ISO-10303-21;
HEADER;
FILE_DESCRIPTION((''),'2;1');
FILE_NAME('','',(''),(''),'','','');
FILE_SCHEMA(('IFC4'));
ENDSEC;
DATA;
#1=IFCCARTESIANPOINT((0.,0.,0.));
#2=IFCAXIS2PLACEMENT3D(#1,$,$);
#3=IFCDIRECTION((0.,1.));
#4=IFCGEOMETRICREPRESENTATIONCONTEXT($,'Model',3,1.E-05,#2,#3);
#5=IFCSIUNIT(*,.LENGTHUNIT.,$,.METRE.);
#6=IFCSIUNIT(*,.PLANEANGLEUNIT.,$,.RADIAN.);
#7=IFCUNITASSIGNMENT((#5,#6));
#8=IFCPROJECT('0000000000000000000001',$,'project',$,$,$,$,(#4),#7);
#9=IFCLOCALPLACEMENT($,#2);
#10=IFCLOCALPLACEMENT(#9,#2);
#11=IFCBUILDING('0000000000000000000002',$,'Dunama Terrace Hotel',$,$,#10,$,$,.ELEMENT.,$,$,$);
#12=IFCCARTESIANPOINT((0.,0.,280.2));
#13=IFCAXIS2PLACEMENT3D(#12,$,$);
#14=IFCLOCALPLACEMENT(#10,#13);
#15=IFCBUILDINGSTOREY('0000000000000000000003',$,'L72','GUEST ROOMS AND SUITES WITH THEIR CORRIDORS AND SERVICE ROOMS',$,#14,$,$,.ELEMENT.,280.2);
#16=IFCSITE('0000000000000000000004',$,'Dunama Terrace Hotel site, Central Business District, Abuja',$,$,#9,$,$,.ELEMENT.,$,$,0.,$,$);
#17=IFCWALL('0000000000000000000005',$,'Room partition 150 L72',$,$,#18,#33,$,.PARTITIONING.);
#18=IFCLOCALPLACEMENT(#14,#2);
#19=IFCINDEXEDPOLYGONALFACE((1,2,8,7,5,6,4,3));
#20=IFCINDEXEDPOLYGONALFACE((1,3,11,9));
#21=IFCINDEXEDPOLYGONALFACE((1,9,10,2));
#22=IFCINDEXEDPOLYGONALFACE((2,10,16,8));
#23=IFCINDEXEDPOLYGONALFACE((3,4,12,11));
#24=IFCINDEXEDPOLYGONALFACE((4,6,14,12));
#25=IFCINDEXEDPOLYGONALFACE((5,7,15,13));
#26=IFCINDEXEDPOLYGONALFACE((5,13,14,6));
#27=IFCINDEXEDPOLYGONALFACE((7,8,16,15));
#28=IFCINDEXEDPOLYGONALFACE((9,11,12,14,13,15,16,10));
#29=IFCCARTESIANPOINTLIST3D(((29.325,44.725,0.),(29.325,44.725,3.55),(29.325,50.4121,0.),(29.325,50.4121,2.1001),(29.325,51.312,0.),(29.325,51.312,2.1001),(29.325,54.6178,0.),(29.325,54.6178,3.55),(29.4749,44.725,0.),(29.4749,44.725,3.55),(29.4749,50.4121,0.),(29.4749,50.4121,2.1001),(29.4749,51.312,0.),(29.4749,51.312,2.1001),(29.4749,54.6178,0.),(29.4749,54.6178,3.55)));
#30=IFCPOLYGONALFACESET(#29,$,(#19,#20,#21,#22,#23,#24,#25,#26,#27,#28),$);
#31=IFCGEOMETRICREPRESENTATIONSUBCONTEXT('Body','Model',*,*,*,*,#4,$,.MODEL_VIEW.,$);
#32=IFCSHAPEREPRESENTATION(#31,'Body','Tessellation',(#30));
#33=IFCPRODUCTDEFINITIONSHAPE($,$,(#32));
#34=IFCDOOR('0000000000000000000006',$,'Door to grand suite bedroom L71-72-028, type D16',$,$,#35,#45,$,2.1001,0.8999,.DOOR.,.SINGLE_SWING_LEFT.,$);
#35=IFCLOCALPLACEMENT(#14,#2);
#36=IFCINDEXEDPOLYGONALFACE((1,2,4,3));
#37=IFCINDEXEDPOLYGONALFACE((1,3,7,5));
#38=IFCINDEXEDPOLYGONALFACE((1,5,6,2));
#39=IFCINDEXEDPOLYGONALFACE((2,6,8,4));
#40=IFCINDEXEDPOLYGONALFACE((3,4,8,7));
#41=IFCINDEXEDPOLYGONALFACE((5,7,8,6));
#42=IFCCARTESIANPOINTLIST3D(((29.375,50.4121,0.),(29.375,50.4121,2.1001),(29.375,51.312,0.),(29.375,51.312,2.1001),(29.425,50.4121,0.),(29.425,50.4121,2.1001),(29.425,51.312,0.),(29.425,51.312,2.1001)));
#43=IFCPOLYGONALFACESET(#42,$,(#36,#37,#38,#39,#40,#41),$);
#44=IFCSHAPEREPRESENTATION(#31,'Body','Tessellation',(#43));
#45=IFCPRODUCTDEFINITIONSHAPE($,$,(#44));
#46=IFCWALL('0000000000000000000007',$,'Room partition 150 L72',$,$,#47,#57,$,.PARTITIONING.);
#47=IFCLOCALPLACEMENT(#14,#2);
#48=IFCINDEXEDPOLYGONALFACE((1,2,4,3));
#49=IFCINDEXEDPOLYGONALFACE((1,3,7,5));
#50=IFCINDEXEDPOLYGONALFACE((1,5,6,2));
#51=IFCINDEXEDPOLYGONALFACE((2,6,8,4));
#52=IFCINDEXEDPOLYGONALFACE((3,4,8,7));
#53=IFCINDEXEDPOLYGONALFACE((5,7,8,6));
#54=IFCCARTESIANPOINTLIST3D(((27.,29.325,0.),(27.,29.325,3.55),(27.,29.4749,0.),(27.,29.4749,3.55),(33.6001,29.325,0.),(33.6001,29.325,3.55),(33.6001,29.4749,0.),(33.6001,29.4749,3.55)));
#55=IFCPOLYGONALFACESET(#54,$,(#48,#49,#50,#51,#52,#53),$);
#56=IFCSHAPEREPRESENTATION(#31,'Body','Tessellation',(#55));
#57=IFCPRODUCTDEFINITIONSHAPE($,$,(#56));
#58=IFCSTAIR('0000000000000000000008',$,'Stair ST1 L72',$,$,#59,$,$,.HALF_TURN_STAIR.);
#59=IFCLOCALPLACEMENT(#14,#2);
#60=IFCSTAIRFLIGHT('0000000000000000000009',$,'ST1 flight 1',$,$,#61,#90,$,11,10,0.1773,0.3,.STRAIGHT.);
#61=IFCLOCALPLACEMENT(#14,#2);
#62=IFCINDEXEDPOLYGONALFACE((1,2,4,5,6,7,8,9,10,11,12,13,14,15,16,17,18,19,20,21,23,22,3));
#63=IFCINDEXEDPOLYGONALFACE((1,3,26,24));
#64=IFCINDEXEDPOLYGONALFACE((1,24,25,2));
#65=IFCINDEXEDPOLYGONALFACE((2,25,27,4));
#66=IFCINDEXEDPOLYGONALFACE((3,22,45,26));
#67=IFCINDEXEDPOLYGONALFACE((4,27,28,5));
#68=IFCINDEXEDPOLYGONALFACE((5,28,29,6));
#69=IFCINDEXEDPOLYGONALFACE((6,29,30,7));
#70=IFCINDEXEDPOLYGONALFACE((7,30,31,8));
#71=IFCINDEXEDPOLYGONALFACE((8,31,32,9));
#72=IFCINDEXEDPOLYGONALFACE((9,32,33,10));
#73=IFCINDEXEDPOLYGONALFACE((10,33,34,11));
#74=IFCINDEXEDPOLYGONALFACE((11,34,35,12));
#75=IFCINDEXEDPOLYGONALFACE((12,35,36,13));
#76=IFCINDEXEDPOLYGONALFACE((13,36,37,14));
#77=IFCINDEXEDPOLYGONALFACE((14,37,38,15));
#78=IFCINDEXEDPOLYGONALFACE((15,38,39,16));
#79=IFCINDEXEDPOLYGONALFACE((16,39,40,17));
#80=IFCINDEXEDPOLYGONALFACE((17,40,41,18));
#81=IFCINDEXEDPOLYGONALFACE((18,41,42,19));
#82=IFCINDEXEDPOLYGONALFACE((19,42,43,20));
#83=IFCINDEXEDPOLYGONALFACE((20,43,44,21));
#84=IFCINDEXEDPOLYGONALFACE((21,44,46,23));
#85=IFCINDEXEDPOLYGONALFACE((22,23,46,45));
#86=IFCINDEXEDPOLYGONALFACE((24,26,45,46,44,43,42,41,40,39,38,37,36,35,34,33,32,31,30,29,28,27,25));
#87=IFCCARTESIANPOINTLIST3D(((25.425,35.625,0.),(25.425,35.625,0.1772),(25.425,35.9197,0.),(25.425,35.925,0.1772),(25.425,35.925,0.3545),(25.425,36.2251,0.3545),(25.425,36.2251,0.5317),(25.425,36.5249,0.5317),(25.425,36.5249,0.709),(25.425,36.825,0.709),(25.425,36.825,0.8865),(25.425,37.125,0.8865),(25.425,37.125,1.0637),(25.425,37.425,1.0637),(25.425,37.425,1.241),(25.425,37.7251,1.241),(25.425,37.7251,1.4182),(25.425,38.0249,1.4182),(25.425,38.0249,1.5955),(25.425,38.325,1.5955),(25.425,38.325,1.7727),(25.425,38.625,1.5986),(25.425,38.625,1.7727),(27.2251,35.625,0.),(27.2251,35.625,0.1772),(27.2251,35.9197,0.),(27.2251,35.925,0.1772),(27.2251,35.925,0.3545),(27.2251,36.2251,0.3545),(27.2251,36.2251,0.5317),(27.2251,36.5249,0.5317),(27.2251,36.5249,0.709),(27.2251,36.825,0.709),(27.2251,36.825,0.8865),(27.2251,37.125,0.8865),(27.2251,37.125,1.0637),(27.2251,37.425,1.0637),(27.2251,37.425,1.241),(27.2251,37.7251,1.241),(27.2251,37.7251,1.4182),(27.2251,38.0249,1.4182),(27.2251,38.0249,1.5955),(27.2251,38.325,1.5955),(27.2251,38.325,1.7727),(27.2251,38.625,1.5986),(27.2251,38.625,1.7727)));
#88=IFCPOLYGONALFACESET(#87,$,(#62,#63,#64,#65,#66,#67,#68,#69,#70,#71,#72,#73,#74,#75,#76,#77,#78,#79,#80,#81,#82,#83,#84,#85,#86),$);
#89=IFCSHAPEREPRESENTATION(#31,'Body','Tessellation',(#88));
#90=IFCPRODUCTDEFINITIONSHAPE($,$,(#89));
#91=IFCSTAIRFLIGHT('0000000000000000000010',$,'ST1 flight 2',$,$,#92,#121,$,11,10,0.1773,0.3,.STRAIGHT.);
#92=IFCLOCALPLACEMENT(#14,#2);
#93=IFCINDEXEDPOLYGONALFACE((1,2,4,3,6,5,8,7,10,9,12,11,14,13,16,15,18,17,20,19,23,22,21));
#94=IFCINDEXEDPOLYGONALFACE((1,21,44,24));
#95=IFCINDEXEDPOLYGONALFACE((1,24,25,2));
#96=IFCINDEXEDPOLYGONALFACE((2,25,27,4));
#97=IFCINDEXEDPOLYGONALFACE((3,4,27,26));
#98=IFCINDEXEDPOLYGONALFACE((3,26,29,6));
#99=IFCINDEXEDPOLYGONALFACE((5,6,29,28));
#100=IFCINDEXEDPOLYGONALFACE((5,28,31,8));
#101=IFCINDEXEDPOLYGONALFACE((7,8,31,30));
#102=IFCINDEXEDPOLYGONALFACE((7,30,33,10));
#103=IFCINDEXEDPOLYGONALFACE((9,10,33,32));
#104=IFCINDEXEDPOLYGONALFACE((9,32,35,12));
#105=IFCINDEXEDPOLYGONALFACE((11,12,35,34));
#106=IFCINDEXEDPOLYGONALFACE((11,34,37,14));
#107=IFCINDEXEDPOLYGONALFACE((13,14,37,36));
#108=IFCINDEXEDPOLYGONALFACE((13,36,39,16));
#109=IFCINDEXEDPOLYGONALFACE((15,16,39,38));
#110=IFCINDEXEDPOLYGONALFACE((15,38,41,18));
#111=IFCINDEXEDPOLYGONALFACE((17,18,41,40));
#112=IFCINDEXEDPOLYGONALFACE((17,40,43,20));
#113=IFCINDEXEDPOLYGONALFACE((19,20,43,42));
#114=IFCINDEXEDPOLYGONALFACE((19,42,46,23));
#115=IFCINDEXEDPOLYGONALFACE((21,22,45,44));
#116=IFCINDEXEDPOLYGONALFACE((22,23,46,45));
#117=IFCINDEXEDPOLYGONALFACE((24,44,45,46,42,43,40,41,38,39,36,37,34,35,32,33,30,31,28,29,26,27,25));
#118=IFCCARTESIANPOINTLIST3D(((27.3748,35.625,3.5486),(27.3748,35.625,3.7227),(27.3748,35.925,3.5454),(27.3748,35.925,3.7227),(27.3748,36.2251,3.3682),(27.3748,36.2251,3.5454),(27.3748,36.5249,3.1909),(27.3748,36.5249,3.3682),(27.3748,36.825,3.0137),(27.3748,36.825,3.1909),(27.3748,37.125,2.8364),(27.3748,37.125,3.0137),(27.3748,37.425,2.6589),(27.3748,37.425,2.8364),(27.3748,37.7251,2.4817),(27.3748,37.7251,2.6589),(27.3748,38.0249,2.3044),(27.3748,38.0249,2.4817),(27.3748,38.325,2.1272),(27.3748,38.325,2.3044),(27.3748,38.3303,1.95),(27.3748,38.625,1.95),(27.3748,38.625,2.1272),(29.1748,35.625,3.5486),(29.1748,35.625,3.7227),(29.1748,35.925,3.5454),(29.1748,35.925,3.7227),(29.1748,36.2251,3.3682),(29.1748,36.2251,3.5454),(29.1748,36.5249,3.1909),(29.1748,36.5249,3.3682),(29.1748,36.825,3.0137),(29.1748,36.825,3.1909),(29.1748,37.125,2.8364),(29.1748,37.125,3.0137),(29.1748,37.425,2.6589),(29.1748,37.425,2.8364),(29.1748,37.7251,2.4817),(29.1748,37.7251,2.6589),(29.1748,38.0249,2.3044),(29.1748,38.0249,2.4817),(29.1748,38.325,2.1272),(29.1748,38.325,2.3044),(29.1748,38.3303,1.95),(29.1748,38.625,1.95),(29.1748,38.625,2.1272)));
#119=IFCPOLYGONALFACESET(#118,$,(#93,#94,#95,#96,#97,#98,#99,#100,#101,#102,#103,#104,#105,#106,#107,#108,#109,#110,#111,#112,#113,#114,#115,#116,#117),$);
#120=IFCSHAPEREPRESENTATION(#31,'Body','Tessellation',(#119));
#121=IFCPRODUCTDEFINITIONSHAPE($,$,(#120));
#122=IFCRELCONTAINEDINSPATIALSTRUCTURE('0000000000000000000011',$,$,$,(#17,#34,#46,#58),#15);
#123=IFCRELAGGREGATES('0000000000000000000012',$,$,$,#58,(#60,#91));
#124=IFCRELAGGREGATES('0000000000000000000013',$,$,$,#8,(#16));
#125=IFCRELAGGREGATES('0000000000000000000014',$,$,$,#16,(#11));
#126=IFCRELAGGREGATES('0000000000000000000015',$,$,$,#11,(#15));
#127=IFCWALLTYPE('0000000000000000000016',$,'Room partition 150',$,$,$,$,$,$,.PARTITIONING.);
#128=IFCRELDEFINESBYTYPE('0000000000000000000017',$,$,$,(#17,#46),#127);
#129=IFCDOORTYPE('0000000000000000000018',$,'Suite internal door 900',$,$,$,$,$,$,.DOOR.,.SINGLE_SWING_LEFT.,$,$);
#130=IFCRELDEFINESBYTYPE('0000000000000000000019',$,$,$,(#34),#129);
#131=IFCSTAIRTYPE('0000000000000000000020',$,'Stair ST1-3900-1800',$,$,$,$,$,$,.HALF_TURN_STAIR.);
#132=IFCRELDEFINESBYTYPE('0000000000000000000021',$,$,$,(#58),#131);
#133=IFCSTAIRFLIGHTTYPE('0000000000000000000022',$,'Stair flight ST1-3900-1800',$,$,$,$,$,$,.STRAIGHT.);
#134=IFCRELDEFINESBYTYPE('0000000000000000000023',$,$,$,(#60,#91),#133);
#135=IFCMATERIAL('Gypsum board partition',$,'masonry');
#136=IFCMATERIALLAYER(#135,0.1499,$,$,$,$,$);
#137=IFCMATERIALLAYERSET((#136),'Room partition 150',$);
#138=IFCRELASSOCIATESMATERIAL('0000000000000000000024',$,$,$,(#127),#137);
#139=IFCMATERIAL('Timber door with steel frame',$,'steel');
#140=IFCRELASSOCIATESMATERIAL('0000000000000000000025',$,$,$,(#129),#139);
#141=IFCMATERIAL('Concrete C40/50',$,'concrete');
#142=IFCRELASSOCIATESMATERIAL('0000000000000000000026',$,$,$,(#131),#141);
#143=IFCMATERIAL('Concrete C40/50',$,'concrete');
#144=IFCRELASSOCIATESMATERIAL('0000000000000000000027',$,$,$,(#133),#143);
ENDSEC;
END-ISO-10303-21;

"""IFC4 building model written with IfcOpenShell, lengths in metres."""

from ifc_helpers import new_model, si_unit, direction, frame, frame_2d, origin, place, context, subcontext, project, spatial, polyline, rectangle, outline, extrude, material, layer, layer_set, type_object, element, fill, aggregate, save


model = new_model("IFC4")

# Units and contexts
model_context = context("Model", 3, precision=1e-05, world=origin(), true_north=direction((0.0, 1.0)))
body_context = subcontext(model_context, "Body", "Model", "MODEL_VIEW")
ifc_project = project(units=[si_unit("LENGTHUNIT", "METRE"), si_unit("PLANEANGLEUNIT", "RADIAN")], contexts=[model_context])

# Site, building, storey
site_placement = place(None, origin())
site = spatial("IfcSite", under=ifc_project, at=site_placement, Name="Dunama Terrace Hotel site, Central Business District, Abuja", CompositionType="ELEMENT", RefElevation=0.0)
building_placement = place(site_placement, origin())
building = spatial("IfcBuilding", under=site, at=building_placement, Name="Dunama Terrace Hotel", CompositionType="ELEMENT")
storey_placement = place(building_placement, frame((0.0, 0.0, 280.2)))
storey = spatial("IfcBuildingStorey", under=building, at=storey_placement, Name="L72", Description="GUEST ROOMS AND SUITES WITH THEIR CORRIDORS AND SERVICE ROOMS", CompositionType="ELEMENT", Elevation=280.2)

# Wall, opening, door
ifc_material_1 = material(Name="Gypsum board partition", Category="masonry")
ifc_layer_1 = layer(ifc_material_1, 0.1499)
ifc_layer_set_1 = layer_set([ifc_layer_1], Name="Room partition 150")
wall_type_1 = type_object("IfcWallType", Name="Room partition 150", PredefinedType="PARTITIONING", material=ifc_layer_set_1)
wall_1_placement = place(storey_placement, frame((29.3999, 44.7251, 0.0), z_axis=(0.0, 0.0, 1.0), x_axis=(0.0, 1.0, 0.0)))
wall_1 = element("IfcWall", 1, at=wall_1_placement, inside=storey, type_object=wall_type_1, Name="Room partition 150 L72", PredefinedType="PARTITIONING", context=body_context, shape_type="SweptSolid", body=[
    extrude(rectangle(XDim=9.8928, YDim=0.1499, at=frame_2d((4.9463, 0.0))), origin(), (0.0, 0.0, 1.0), 3.55),
])
opening_1_placement = place(wall_1_placement, frame((5.687, 0.0, 0.0)))
opening_1 = element("IfcOpeningElement", 2, at=opening_1_placement, cuts=wall_1, PredefinedType="OPENING", context=body_context, shape_type="SweptSolid", body=[
    extrude(rectangle(XDim=0.8999, YDim=2.1001, at=frame_2d((0.45, 1.05))), frame((0.0, 0.085, 0.0), z_axis=(0.0, -1.0, 0.0), x_axis=(1.0, 0.0, 0.0)), (0.0, 0.0, 1.0), 0.1699),
])
ifc_material_2 = material(Name="Timber door with steel frame", Category="steel")
door_type_1 = type_object("IfcDoorType", Name="Suite internal door 900", OperationType="SINGLE_SWING_LEFT", PredefinedType="DOOR", material=ifc_material_2)
door_1_placement = place(opening_1_placement, origin())
door_1 = element("IfcDoor", 3, at=door_1_placement, inside=storey, type_object=door_type_1, Name="Door to grand suite bedroom L71-72-028, type D16", OperationType="SINGLE_SWING_LEFT", OverallHeight=2.1001, OverallWidth=0.8999, PredefinedType="DOOR", context=body_context, shape_type="SweptSolid", body=[
    extrude(rectangle(XDim=0.8999, YDim=2.1001, at=frame_2d((0.45, 1.05))), frame((0.0, 0.0249, 0.0), z_axis=(0.0, -1.0, 0.0), x_axis=(1.0, 0.0, 0.0)), (0.0, 0.0, 1.0), 0.05),
])
fill(opening_1, door_1)

# Wall
wall_2_placement = place(storey_placement, frame((27.0, 29.3999, 0.0), z_axis=(0.0, 0.0, 1.0), x_axis=(1.0, 0.0, 0.0)))
element("IfcWall", 4, at=wall_2_placement, inside=storey, type_object=wall_type_1, Name="Room partition 150 L72", PredefinedType="PARTITIONING", context=body_context, shape_type="SweptSolid", body=[
    extrude(rectangle(XDim=6.6001, YDim=0.1499, at=frame_2d((3.3, 0.0))), origin(), (0.0, 0.0, 1.0), 3.55),
])

# Stair, stair flights
ifc_material_3 = material(Name="Concrete C40/50", Category="concrete")
stair_type = type_object("IfcStairType", Name="Stair ST1-3900-1800", PredefinedType="HALF_TURN_STAIR", material=ifc_material_3)
stair_placement = place(storey_placement, origin())
stair = element("IfcStair", 5, at=stair_placement, inside=storey, type_object=stair_type, Name="Stair ST1 L72", PredefinedType="HALF_TURN_STAIR")
ifc_material_4 = material(Name="Concrete C40/50", Category="concrete")
stair_flight_type = type_object("IfcStairFlightType", Name="Stair flight ST1-3900-1800", PredefinedType="STRAIGHT", material=ifc_material_4)
stair_flight_1_placement = place(storey_placement, frame((26.325, 35.625, 0.0), z_axis=(0.0, 0.0, 1.0), x_axis=(0.0, 1.0, 0.0)))
stair_flight_1 = element("IfcStairFlight", 6, at=stair_flight_1_placement, type_object=stair_flight_type, Name="ST1 flight 1", NumberOfRisers=11, NumberOfTreads=10, PredefinedType="STRAIGHT", RiserHeight=0.1773, TreadLength=0.3, context=body_context, shape_type="SweptSolid", body=[
    extrude(outline(polyline([(0.0, 0.0), (0.0, 0.1772), (0.3, 0.1772), (0.3, 0.3545), (0.6001, 0.3545), (0.6001, 0.5317), (0.8999, 0.5317), (0.8999, 0.709), (1.2, 0.709), (1.2, 0.8865), (1.5, 0.8865), (1.5, 1.0637), (1.8, 1.0637), (1.8, 1.241), (2.1001, 1.241), (2.1001, 1.4182), (2.3999, 1.4182), (2.3999, 1.5955), (2.7, 1.5955), (2.7, 1.7727), (3.0, 1.7727), (3.0, 1.95), (3.0, 1.5986), (0.2947, 0.0), (0.0, 0.0)])), frame((0.0, 0.8999, 0.0), z_axis=(0.0, -1.0, 0.0), x_axis=(1.0, 0.0, 0.0)), (0.0, 0.0, 1.0), 1.8),
])
stair_flight_2_placement = place(storey_placement, frame((28.2749, 38.625, 1.95), z_axis=(0.0, 0.0, 1.0), x_axis=(0.0, -1.0, 0.0)))
stair_flight_2 = element("IfcStairFlight", 7, at=stair_flight_2_placement, type_object=stair_flight_type, Name="ST1 flight 2", NumberOfRisers=11, NumberOfTreads=10, PredefinedType="STRAIGHT", RiserHeight=0.1773, TreadLength=0.3, context=body_context, shape_type="SweptSolid", body=[
    extrude(outline(polyline([(0.0, 0.0), (0.0, 0.1772), (0.3, 0.1772), (0.3, 0.3545), (0.6001, 0.3545), (0.6001, 0.5317), (0.8999, 0.5317), (0.8999, 0.709), (1.2, 0.709), (1.2, 0.8865), (1.5, 0.8865), (1.5, 1.0637), (1.8, 1.0637), (1.8, 1.241), (2.1001, 1.241), (2.1001, 1.4182), (2.3999, 1.4182), (2.3999, 1.5955), (2.7, 1.5955), (2.7, 1.7727), (3.0, 1.7727), (3.0, 1.95), (3.0, 1.5986), (0.2947, 0.0), (0.0, 0.0)])), frame((0.0, 0.8999, 0.0), z_axis=(0.0, -1.0, 0.0), x_axis=(1.0, 0.0, 0.0)), (0.0, 0.0, 1.0), 1.8),
])
aggregate(stair, [stair_flight_1, stair_flight_2])

save(model, "model.ifc")
